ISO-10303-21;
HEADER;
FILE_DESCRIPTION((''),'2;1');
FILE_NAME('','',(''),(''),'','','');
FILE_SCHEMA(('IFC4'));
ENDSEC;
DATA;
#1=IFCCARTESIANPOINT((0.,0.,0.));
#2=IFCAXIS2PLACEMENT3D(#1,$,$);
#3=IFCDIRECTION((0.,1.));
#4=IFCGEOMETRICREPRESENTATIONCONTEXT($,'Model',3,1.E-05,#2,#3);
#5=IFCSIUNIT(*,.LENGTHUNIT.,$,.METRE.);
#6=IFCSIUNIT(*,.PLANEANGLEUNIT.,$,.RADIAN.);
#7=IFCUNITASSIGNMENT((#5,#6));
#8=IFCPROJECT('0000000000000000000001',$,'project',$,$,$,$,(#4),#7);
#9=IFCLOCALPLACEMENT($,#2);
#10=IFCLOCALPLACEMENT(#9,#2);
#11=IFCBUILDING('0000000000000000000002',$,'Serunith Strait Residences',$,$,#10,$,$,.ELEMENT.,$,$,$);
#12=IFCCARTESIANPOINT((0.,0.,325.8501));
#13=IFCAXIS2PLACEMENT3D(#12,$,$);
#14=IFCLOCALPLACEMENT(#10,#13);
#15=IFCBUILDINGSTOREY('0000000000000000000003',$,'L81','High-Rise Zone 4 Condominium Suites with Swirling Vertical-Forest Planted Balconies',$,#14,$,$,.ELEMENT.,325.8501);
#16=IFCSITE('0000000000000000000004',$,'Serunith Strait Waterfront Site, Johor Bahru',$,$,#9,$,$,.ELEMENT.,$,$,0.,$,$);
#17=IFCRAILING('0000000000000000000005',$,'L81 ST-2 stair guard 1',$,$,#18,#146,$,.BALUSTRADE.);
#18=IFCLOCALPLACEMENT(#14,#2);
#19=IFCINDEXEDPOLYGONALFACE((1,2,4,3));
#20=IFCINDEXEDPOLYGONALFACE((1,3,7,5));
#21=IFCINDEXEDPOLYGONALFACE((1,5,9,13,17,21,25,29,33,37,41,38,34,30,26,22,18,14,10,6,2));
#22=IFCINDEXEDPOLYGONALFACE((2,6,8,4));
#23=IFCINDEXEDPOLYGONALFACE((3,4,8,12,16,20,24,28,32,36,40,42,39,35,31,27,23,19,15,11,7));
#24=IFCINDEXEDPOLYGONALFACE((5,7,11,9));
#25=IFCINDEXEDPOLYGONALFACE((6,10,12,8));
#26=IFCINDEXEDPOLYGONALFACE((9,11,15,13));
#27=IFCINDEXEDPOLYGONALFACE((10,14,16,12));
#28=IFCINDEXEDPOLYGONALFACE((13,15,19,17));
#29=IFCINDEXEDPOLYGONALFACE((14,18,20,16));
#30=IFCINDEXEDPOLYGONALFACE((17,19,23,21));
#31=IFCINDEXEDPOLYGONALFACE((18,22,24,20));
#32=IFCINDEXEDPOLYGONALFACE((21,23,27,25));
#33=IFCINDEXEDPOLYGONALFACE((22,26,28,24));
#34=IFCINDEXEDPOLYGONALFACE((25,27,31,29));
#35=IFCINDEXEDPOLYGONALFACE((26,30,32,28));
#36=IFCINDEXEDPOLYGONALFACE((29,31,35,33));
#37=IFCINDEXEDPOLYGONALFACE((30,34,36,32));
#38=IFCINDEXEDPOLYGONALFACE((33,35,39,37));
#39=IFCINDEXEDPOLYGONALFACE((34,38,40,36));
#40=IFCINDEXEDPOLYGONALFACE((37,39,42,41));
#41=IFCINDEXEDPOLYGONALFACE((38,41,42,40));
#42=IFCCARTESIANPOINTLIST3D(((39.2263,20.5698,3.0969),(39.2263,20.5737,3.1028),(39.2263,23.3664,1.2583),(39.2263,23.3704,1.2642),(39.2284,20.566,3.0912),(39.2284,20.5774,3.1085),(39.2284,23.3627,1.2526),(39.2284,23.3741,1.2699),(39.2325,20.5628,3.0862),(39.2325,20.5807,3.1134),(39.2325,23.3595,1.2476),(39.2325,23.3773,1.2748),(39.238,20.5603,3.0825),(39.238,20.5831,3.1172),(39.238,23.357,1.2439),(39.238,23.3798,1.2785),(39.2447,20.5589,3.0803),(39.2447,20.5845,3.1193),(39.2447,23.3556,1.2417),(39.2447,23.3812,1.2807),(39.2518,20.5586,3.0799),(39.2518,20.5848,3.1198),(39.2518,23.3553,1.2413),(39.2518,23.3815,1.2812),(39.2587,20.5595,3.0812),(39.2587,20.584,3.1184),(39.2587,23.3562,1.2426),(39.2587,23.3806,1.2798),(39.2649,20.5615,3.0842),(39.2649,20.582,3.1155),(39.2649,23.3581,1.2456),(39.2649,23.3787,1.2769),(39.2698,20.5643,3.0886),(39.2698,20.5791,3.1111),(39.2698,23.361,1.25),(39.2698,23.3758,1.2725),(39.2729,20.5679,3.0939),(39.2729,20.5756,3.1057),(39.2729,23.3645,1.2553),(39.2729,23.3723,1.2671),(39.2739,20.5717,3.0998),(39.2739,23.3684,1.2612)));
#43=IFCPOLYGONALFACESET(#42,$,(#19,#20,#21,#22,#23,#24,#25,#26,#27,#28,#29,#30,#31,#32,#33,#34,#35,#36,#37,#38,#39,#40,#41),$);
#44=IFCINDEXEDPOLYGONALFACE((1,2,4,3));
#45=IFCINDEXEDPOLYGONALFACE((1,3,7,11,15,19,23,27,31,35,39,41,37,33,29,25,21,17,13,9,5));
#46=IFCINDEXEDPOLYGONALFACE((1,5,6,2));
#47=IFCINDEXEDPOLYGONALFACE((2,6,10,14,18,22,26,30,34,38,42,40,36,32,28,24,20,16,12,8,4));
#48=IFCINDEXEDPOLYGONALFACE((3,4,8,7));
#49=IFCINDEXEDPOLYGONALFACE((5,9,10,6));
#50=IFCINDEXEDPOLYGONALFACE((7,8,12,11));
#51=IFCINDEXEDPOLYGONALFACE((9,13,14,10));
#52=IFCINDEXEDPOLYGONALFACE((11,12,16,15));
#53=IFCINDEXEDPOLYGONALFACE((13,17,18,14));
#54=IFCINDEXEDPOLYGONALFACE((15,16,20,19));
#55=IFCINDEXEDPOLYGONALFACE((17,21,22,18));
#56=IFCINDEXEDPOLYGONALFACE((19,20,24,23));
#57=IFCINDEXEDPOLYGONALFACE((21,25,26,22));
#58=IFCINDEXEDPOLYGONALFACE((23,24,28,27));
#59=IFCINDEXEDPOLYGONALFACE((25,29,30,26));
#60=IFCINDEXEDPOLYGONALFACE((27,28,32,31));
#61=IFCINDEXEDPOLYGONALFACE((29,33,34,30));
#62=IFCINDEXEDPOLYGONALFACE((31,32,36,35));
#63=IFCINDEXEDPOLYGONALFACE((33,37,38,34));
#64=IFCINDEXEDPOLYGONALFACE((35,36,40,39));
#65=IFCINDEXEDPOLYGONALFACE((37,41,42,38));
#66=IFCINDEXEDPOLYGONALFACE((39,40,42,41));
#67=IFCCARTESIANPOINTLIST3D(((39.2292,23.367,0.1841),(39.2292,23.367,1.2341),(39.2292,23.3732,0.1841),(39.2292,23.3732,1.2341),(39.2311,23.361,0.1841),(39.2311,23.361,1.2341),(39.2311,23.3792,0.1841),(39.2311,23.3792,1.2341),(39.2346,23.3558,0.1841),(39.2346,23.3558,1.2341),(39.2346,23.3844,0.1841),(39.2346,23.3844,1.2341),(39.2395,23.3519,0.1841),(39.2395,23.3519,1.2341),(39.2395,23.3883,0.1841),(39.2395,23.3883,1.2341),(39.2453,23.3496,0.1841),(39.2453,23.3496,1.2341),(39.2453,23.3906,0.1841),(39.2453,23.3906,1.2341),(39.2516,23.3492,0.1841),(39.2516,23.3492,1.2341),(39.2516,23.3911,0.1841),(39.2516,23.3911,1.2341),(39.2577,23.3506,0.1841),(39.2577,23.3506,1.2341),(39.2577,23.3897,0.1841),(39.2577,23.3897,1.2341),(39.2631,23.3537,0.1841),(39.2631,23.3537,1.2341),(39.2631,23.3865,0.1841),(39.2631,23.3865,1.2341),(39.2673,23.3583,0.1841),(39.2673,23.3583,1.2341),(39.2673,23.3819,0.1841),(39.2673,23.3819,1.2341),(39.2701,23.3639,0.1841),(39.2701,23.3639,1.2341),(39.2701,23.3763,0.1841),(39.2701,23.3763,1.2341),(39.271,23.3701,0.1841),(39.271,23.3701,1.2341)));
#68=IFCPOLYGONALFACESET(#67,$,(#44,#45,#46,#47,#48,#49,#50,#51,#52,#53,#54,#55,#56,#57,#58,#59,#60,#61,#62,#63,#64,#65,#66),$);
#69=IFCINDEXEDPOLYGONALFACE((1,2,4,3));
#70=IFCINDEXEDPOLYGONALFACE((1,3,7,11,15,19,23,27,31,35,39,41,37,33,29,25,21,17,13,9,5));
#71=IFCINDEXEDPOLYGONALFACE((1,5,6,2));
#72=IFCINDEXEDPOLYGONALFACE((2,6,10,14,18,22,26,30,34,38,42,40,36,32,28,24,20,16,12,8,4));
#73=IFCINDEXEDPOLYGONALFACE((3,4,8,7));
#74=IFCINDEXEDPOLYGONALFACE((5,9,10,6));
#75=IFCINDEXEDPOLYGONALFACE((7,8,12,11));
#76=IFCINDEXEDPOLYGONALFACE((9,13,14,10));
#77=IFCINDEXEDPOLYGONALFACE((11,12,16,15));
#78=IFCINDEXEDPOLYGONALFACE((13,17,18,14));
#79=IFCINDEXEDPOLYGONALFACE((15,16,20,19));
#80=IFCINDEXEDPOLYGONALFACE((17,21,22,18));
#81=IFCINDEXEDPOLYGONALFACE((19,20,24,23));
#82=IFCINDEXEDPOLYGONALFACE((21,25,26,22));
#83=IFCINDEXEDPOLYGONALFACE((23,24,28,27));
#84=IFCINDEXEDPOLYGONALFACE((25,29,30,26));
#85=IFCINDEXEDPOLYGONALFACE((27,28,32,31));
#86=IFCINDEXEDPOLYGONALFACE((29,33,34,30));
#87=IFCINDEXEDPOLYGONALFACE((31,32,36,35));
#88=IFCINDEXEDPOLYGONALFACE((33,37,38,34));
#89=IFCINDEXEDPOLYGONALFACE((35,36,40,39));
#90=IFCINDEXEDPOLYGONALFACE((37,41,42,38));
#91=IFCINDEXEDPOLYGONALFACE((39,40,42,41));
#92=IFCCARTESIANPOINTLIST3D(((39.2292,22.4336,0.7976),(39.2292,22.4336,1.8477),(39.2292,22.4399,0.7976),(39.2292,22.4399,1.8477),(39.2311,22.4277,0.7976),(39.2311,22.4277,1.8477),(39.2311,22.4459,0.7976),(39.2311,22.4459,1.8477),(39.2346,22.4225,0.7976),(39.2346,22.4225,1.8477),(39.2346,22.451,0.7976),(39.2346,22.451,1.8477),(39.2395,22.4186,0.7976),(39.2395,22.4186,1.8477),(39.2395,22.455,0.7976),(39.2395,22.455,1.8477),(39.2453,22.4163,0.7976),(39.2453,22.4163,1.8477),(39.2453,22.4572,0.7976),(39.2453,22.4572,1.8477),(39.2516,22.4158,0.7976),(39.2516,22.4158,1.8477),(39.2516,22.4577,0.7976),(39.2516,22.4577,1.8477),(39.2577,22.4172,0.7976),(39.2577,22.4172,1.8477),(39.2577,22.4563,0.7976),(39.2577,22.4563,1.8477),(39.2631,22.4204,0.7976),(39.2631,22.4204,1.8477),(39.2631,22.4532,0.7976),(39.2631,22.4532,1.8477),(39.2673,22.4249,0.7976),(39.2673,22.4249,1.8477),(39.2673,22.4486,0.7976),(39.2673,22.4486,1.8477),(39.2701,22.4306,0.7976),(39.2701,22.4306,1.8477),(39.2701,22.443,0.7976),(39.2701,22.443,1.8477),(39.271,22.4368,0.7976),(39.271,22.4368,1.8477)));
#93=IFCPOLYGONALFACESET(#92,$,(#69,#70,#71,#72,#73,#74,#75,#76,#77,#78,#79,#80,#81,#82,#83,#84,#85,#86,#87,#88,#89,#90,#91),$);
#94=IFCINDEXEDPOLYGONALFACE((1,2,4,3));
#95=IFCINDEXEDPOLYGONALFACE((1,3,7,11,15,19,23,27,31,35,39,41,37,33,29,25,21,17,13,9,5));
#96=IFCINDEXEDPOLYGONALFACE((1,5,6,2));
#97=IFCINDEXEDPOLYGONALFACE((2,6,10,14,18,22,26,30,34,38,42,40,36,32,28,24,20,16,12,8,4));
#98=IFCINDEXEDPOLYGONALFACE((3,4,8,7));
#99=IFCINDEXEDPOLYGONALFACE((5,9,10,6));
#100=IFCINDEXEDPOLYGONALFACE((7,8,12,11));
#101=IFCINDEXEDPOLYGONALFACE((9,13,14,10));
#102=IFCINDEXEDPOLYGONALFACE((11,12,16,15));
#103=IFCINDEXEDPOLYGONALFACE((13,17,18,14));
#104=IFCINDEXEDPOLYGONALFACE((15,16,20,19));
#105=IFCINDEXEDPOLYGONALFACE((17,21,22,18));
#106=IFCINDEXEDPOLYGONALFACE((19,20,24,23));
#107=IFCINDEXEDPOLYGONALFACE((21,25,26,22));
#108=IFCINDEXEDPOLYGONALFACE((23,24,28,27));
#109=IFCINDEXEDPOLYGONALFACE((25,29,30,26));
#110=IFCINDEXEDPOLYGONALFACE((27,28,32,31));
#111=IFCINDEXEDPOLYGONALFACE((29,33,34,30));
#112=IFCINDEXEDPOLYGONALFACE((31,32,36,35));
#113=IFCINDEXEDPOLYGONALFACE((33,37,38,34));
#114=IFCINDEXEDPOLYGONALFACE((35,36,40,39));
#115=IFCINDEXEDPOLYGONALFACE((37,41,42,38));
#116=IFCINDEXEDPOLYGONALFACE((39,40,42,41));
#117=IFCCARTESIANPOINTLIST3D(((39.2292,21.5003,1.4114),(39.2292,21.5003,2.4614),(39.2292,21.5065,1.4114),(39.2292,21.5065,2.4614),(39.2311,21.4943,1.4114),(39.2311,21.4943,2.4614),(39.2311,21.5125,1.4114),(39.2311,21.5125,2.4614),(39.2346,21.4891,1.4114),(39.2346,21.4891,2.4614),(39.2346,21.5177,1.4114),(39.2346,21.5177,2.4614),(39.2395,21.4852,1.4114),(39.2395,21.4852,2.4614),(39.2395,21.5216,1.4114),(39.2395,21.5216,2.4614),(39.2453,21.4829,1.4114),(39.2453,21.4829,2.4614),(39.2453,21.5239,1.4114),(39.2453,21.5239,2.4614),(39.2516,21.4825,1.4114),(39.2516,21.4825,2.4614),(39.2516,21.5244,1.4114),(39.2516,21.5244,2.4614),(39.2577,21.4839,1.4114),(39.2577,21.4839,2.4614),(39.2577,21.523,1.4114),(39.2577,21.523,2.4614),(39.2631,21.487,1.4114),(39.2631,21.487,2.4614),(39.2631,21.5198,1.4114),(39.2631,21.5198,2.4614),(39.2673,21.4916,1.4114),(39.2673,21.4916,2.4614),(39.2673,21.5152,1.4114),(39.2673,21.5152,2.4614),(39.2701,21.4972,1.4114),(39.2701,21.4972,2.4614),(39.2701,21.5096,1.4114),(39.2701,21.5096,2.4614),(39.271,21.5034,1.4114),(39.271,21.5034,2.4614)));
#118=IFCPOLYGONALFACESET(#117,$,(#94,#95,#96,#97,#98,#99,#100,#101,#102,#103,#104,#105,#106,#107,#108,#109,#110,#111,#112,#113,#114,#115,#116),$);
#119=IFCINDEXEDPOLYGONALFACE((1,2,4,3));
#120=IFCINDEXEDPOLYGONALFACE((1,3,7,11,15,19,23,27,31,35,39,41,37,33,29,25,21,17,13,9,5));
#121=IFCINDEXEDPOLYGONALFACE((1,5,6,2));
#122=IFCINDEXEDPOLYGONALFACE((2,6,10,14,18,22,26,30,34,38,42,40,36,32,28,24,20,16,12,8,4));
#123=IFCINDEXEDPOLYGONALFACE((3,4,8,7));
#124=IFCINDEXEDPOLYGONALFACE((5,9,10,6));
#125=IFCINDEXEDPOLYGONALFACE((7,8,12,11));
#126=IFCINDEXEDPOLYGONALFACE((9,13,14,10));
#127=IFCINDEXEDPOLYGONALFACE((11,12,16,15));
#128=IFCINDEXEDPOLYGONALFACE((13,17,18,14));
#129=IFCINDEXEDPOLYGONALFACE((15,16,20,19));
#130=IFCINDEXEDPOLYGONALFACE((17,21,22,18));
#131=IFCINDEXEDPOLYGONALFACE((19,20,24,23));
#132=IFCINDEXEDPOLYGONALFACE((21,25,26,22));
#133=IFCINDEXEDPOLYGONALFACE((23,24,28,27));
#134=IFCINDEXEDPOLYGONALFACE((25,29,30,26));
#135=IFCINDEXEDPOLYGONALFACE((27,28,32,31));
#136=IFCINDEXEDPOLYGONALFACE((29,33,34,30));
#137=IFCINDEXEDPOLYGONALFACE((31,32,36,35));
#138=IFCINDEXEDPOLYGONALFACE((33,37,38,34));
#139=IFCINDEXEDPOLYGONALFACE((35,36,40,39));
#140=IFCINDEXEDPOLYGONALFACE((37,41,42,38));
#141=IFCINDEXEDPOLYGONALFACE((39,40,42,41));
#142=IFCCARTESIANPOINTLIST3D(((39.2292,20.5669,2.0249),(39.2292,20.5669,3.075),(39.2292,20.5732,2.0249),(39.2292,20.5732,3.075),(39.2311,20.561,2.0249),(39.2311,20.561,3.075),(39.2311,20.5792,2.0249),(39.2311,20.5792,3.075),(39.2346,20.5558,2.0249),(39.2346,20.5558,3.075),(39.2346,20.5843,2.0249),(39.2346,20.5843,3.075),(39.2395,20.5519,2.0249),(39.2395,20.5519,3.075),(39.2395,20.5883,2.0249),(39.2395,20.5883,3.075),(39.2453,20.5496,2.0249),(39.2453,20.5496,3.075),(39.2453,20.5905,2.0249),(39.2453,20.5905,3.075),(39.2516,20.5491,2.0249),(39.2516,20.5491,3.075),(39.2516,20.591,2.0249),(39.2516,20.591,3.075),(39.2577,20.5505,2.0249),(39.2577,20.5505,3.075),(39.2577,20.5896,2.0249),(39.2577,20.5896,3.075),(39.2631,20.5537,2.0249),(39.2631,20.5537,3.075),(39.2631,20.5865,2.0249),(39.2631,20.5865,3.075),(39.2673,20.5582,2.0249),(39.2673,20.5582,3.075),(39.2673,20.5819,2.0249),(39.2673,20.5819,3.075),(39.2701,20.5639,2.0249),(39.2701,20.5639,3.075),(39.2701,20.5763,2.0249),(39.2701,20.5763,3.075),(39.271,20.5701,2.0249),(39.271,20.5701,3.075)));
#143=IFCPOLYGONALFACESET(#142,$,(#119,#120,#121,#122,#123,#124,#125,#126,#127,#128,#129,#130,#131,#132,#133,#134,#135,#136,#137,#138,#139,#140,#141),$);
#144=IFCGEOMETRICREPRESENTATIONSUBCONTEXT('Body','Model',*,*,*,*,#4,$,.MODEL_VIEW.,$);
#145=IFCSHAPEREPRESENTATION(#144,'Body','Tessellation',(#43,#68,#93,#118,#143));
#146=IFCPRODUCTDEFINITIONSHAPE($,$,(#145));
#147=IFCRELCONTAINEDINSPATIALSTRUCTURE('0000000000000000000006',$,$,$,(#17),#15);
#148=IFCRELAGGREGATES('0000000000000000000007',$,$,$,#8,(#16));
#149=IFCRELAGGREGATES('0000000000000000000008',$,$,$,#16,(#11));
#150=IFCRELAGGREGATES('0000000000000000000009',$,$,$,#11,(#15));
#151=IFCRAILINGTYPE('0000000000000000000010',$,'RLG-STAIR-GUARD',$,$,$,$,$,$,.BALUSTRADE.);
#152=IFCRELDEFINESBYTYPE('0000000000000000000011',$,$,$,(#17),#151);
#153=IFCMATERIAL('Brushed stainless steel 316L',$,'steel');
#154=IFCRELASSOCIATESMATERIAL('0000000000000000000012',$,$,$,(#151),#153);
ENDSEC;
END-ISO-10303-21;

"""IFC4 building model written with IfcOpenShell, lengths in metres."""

from ifc_helpers import new_model, si_unit, direction, frame, origin, origin_2d, place, context, subcontext, project, spatial, circle, extrude, material, type_object, element, save


model = new_model("IFC4")

# Units and contexts
model_context = context("Model", 3, precision=1e-05, world=origin(), true_north=direction((0.0, 1.0)))
body_context = subcontext(model_context, "Body", "Model", "MODEL_VIEW")
ifc_project = project(units=[si_unit("LENGTHUNIT", "METRE"), si_unit("PLANEANGLEUNIT", "RADIAN")], contexts=[model_context])

# Site, building, storey
site_placement = place(None, origin())
site = spatial("IfcSite", under=ifc_project, at=site_placement, Name="Serunith Strait Waterfront Site, Johor Bahru", CompositionType="ELEMENT", RefElevation=0.0)
building_placement = place(site_placement, origin())
building = spatial("IfcBuilding", under=site, at=building_placement, Name="Serunith Strait Residences", CompositionType="ELEMENT")
storey_placement = place(building_placement, frame((0.0, 0.0, 325.8501)))
storey = spatial("IfcBuildingStorey", under=building, at=storey_placement, Name="L81", Description="High-Rise Zone 4 Condominium Suites with Swirling Vertical-Forest Planted Balconies", CompositionType="ELEMENT", Elevation=325.8501)

# Railing
ifc_material_1 = material(Name="Brushed stainless steel 316L", Category="steel")
railing_type_1 = type_object("IfcRailingType", Name="RLG-STAIR-GUARD", PredefinedType="BALUSTRADE", material=ifc_material_1)
railing_1_placement = place(storey_placement, frame((39.25, 23.3701, 0.1841)))
element("IfcRailing", 1, at=railing_1_placement, inside=storey, type_object=railing_type_1, Name="L81 ST-2 stair guard 1", PredefinedType="BALUSTRADE", context=body_context, shape_type="SweptSolid", body=[
    extrude(circle(Radius=0.0239, at=origin_2d()), frame((0.0, -0.0017, 1.0771), z_axis=(0.0, -0.835598, 0.549342), x_axis=(1.0, 0.0, 0.0)), (0.0, 0.0, 1.0), 3.3469),
    extrude(circle(Radius=0.021, at=origin_2d()), origin(), (0.0, 0.0, 1.0), 1.05),
    extrude(circle(Radius=0.021, at=origin_2d()), frame((0.0, -0.9333, 0.6135)), (0.0, 0.0, 1.0), 1.05),
    extrude(circle(Radius=0.021, at=origin_2d()), frame((0.0, -1.8667, 1.2273)), (0.0, 0.0, 1.0), 1.05),
    extrude(circle(Radius=0.021, at=origin_2d()), frame((0.0, -2.8, 1.8408)), (0.0, 0.0, 1.0), 1.05),
])

save(model, "model.ifc")
